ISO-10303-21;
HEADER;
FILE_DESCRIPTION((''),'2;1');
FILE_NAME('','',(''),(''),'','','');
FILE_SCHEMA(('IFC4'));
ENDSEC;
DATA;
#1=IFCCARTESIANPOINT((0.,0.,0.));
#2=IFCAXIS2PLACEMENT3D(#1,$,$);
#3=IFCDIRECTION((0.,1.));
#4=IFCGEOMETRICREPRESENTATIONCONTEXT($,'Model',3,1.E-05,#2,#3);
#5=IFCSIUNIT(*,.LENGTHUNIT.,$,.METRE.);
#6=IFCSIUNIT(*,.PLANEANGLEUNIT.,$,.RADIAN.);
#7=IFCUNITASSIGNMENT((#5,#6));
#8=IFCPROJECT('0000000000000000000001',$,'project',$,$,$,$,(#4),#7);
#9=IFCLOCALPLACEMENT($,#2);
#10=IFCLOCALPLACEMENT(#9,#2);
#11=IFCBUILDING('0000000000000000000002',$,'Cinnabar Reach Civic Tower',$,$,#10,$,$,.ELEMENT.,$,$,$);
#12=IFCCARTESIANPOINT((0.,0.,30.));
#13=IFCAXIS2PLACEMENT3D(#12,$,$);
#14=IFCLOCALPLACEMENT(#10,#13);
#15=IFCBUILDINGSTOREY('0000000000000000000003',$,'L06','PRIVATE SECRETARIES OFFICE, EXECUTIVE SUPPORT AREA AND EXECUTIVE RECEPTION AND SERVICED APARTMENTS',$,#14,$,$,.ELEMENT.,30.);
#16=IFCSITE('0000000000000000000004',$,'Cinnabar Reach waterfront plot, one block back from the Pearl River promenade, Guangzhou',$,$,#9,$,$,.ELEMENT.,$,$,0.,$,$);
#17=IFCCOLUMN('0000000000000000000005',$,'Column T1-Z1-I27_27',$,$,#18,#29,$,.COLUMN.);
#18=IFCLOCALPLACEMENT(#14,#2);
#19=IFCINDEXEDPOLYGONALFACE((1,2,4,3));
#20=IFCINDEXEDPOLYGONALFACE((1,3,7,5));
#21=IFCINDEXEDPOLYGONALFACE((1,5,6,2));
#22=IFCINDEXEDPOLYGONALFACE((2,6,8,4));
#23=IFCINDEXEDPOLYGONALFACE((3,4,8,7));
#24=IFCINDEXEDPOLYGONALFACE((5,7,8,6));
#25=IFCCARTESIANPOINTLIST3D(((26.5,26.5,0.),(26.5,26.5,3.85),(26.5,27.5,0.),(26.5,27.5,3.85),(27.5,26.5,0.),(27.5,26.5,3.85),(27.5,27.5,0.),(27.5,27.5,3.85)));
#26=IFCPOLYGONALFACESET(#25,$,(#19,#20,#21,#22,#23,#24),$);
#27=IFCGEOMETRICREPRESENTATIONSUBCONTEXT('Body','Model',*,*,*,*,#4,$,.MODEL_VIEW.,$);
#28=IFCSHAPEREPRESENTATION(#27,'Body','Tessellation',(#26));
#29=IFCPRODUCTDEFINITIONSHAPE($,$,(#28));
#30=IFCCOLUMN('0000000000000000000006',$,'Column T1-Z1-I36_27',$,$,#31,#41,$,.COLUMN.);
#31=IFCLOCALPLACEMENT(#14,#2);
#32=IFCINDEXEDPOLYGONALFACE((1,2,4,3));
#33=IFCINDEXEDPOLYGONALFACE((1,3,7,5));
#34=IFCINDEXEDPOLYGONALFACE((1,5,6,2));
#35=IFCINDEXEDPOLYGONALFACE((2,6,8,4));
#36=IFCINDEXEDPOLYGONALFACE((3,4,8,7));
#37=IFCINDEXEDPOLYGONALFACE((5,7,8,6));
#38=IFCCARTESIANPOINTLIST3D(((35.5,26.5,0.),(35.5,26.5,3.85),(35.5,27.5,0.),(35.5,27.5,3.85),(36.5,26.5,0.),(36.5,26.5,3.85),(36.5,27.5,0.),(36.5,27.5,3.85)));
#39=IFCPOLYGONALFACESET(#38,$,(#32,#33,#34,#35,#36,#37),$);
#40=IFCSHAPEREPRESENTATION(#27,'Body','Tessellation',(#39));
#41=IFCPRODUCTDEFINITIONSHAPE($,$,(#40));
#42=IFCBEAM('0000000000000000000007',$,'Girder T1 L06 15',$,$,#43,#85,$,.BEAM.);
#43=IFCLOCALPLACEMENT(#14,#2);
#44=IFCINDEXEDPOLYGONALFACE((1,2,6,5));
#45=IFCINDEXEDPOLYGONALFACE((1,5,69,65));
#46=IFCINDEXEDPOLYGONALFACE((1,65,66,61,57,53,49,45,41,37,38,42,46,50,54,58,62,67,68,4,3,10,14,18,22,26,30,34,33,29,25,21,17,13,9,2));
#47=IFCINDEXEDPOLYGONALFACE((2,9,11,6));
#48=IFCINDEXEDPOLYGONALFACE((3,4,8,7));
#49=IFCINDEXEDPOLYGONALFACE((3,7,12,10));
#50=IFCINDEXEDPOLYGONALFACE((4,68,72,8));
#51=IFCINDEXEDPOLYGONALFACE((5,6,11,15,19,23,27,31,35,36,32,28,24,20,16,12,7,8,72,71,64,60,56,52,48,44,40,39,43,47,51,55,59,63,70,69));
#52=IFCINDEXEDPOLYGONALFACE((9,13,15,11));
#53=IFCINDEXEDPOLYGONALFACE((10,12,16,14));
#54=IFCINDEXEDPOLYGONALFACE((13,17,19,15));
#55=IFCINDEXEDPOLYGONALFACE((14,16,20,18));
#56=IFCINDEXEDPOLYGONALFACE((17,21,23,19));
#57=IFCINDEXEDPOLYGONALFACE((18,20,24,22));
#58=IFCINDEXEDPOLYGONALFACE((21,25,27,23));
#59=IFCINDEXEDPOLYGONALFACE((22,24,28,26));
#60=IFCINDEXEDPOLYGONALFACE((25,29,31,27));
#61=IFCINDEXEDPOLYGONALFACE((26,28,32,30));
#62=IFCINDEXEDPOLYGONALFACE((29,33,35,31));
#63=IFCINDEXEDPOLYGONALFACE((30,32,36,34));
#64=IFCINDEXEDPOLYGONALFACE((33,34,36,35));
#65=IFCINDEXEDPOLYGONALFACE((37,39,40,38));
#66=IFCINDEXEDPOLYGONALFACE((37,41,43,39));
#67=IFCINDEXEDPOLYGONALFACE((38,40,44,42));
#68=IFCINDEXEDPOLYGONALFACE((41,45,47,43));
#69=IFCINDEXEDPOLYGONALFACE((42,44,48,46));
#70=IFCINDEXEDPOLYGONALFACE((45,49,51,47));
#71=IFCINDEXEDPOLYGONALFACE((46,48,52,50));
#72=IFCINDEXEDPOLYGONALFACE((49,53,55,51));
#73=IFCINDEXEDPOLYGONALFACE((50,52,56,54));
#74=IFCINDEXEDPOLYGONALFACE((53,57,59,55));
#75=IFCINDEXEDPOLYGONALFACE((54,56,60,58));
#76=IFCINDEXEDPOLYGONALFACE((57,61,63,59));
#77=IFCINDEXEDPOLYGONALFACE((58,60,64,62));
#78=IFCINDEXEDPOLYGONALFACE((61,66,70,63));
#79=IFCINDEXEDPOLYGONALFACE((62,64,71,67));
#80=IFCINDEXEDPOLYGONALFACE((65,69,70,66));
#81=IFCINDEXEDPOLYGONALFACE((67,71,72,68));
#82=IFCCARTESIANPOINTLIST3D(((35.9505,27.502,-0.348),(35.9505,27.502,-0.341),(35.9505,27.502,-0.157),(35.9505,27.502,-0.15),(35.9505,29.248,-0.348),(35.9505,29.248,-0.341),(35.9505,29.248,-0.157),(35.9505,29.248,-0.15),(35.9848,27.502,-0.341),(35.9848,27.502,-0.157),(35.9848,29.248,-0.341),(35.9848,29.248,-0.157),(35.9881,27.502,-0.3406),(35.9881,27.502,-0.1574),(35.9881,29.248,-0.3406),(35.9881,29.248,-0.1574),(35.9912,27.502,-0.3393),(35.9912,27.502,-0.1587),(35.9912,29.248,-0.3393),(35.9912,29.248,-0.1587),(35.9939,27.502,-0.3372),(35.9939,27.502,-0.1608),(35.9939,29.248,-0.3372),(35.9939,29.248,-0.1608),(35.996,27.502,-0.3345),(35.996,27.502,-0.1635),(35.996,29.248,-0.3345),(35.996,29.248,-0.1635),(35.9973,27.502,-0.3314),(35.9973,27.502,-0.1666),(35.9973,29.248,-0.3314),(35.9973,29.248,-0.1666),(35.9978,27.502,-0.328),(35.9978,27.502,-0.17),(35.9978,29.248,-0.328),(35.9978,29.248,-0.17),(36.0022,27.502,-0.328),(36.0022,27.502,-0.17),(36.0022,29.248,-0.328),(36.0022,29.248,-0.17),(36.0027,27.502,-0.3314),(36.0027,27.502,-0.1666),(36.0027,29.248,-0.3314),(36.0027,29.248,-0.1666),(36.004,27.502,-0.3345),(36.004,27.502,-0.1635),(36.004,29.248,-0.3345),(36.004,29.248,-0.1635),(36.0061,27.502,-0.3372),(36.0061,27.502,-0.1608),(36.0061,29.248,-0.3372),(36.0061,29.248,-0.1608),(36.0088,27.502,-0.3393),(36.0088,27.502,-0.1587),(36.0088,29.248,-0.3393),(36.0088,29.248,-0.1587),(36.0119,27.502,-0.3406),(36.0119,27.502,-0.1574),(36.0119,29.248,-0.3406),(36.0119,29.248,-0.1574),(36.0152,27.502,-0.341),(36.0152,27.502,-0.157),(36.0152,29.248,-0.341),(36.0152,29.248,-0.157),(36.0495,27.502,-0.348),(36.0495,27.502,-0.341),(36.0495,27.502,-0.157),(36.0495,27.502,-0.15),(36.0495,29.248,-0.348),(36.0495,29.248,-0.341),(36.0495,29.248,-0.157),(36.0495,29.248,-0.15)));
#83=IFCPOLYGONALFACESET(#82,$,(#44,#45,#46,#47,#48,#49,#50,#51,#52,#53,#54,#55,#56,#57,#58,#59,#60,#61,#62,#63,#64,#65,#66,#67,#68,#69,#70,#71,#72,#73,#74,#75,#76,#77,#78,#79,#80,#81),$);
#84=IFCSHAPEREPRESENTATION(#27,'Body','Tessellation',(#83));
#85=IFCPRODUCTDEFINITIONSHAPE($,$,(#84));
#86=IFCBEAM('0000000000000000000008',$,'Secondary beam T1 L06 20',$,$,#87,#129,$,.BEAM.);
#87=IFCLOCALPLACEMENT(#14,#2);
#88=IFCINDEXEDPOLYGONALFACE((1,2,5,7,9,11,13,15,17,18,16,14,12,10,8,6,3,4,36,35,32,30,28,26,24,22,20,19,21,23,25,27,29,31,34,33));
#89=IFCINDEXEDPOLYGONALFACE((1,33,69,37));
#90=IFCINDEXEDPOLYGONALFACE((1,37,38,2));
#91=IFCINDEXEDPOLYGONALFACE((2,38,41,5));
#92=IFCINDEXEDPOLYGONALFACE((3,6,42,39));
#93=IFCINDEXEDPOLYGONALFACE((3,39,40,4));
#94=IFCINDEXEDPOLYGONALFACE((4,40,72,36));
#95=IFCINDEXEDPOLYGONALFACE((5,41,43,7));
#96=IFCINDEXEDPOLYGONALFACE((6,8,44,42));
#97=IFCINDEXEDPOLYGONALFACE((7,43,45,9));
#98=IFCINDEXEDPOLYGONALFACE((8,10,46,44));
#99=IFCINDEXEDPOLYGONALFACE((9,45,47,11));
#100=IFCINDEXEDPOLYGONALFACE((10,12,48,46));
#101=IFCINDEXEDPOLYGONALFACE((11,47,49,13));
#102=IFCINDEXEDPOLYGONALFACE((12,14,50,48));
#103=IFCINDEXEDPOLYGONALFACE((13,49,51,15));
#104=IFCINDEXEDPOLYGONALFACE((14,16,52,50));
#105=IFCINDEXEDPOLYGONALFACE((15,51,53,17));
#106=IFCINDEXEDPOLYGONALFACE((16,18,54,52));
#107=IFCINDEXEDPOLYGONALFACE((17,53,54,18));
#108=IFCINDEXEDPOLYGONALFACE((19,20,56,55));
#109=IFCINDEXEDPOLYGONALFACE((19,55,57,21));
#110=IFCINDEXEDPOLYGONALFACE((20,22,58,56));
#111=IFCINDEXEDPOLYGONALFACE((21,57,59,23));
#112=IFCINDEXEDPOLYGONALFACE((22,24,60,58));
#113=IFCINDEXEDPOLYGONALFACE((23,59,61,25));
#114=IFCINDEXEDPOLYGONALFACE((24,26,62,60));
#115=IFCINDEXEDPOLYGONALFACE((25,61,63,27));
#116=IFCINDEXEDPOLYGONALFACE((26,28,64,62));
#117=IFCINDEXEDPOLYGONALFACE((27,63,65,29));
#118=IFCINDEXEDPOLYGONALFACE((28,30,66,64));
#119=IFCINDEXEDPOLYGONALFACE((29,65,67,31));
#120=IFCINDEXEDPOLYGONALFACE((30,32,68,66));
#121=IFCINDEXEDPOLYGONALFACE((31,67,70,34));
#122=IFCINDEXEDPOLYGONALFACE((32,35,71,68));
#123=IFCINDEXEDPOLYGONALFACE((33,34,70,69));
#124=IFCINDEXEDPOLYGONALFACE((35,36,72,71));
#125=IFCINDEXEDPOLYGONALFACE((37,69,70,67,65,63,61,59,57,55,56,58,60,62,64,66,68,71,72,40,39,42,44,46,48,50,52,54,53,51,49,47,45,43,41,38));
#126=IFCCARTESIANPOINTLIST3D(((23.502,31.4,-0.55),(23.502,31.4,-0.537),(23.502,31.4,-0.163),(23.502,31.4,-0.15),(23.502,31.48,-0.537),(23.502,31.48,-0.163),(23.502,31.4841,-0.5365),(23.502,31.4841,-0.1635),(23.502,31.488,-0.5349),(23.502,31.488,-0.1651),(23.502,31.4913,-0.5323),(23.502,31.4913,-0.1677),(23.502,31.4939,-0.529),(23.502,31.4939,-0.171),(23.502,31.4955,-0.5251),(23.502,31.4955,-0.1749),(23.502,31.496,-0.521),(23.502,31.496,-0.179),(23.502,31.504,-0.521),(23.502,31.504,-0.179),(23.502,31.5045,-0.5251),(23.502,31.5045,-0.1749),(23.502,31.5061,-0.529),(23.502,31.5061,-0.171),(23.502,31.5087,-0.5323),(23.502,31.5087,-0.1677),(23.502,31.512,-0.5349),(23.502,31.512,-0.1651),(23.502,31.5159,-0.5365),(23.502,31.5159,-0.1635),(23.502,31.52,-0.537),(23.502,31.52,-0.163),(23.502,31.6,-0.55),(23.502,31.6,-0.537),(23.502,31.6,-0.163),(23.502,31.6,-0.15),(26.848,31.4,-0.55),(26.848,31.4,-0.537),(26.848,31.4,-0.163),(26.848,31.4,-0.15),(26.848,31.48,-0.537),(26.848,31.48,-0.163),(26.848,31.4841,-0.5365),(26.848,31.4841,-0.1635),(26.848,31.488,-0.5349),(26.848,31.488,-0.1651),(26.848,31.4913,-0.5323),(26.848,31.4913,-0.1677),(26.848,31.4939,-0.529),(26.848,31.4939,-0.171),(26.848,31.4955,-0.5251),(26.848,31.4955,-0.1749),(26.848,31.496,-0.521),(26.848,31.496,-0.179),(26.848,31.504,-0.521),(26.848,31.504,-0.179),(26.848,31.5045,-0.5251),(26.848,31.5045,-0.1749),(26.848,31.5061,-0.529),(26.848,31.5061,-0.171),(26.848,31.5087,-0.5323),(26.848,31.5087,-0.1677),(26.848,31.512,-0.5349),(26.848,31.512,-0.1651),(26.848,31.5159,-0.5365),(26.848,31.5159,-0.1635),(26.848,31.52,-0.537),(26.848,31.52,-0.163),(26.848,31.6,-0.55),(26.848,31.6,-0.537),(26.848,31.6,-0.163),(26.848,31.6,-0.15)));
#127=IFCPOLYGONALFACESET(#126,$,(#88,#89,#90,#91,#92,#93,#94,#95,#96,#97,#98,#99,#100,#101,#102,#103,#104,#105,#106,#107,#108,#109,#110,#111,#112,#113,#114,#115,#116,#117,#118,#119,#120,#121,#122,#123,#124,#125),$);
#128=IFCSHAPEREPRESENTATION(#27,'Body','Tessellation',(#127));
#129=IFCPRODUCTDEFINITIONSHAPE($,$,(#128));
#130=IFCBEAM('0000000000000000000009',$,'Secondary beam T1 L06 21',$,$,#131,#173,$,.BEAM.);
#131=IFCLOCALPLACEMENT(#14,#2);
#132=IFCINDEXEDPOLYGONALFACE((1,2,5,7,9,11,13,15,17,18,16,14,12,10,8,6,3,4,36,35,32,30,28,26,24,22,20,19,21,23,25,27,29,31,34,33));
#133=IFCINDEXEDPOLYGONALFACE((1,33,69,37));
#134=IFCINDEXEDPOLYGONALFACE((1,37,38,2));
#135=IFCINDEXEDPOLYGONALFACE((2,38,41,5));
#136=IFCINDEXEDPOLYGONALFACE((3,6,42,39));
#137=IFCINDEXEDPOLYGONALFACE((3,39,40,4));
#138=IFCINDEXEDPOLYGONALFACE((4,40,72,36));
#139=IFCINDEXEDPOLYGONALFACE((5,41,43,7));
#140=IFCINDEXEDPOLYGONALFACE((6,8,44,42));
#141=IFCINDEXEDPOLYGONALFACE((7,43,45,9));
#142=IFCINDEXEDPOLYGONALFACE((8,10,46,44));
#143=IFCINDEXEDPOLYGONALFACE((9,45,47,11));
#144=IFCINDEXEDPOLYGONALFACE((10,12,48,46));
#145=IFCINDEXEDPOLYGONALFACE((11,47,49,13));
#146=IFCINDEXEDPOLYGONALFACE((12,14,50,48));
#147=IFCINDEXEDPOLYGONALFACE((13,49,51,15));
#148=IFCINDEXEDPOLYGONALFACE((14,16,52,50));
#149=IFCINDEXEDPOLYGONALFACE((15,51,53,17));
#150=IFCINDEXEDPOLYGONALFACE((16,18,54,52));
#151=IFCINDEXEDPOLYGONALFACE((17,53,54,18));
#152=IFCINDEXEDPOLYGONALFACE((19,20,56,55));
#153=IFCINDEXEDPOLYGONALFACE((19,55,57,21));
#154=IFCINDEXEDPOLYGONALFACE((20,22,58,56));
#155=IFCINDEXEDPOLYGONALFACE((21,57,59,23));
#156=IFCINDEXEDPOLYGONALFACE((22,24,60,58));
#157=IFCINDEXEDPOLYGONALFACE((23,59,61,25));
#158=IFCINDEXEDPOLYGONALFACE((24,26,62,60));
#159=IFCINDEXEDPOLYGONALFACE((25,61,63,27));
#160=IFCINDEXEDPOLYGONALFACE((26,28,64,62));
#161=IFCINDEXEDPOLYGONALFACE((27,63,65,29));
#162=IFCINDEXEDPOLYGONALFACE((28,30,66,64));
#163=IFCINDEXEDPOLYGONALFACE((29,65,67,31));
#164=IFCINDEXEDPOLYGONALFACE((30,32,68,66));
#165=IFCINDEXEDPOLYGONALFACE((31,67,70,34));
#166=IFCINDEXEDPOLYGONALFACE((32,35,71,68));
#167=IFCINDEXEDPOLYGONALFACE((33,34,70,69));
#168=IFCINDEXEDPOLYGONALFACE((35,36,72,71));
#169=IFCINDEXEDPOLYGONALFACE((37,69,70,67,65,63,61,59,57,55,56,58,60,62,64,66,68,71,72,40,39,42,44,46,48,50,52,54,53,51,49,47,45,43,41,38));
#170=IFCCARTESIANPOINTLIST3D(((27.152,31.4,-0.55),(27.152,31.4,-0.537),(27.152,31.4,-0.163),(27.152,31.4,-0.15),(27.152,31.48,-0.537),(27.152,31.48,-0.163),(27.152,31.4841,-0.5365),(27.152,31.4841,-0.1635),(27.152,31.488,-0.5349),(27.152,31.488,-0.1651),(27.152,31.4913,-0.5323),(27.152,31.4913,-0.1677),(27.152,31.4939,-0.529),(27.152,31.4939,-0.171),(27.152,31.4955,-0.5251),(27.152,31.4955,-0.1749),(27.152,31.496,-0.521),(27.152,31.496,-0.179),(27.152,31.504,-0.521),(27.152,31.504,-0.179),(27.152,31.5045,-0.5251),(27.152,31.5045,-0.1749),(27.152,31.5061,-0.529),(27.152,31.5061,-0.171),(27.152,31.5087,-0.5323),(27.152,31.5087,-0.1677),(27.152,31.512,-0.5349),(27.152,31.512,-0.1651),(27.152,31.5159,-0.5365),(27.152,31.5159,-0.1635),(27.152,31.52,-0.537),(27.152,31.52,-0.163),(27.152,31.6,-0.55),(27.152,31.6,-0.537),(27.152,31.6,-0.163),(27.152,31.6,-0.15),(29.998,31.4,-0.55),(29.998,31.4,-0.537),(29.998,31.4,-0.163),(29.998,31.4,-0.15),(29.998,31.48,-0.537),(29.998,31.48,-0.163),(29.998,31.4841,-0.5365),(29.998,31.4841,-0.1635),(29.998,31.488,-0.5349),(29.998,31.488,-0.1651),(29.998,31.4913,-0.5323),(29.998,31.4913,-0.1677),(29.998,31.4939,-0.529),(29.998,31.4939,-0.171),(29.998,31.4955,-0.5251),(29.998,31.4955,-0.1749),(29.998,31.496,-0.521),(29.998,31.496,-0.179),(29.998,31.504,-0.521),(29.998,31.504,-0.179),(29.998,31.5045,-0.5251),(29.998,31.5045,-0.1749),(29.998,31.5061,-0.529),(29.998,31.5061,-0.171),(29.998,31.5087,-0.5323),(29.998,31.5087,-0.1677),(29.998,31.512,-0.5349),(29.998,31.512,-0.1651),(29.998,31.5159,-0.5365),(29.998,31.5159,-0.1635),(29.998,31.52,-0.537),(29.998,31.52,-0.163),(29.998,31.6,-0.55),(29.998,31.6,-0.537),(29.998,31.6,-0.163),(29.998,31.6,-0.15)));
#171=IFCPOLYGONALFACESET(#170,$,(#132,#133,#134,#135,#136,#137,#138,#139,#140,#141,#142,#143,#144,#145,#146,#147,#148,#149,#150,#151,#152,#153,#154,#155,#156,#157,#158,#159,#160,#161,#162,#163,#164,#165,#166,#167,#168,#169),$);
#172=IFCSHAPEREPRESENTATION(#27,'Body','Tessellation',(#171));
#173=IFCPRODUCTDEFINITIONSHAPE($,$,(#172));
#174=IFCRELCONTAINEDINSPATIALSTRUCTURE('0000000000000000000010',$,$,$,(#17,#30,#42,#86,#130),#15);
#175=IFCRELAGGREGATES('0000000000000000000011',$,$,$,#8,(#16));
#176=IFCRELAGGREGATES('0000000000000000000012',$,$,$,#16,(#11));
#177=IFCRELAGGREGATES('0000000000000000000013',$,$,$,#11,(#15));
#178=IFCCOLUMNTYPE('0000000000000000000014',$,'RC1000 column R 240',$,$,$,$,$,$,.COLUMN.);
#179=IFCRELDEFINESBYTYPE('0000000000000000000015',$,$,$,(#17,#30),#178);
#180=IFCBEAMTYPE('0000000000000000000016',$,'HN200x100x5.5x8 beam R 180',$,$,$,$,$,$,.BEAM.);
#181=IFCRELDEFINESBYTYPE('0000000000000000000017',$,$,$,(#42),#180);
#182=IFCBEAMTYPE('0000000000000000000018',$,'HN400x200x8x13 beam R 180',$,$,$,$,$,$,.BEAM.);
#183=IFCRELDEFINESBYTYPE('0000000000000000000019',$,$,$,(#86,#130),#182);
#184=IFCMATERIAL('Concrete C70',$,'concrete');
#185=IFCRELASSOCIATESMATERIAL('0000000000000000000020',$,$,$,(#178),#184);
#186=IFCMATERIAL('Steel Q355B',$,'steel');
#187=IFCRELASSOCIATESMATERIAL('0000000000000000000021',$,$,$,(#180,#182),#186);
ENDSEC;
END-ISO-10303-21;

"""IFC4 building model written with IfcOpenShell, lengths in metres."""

from ifc_helpers import new_model, si_unit, direction, frame, origin, origin_2d, place, context, subcontext, project, spatial, rectangle, i_section, extrude, material, material_profile, profile_set, type_object, element, save


model = new_model("IFC4")

# Units and contexts
model_context = context("Model", 3, precision=1e-05, world=origin(), true_north=direction((0.0, 1.0)))
body_context = subcontext(model_context, "Body", "Model", "MODEL_VIEW")
ifc_project = project(units=[si_unit("LENGTHUNIT", "METRE"), si_unit("PLANEANGLEUNIT", "RADIAN")], contexts=[model_context])

# Site, building, storey
site_placement = place(None, origin())
site = spatial("IfcSite", under=ifc_project, at=site_placement, Name="Cinnabar Reach waterfront plot, one block back from the Pearl River promenade, Guangzhou", CompositionType="ELEMENT", RefElevation=0.0)
building_placement = place(site_placement, origin())
building = spatial("IfcBuilding", under=site, at=building_placement, Name="Cinnabar Reach Civic Tower", CompositionType="ELEMENT")
storey_placement = place(building_placement, frame((0.0, 0.0, 30.0)))
storey = spatial("IfcBuildingStorey", under=building, at=storey_placement, Name="L06", Description="PRIVATE SECRETARIES OFFICE, EXECUTIVE SUPPORT AREA AND EXECUTIVE RECEPTION AND SERVICED APARTMENTS", CompositionType="ELEMENT", Elevation=30.0)

# Columns
ifc_material_1 = material(Name="Concrete C70", Category="concrete")
ifc_material_profile_1 = material_profile(ifc_material_1, rectangle(XDim=1.0, YDim=1.0, at=origin_2d()), Name="RC1000")
ifc_profile_set_1 = profile_set([ifc_material_profile_1], Name="Concrete C70")
column_type = type_object("IfcColumnType", Name="RC1000 column R 240", PredefinedType="COLUMN", material=ifc_profile_set_1)
for number, where, z_axis, x_axis, name in (
    (1, (27.0, 27.0, 0.0), (0.0, 0.0, 1.0), (1.0, 0.0, 0.0), "Column T1-Z1-I27_27"),
    (2, (36.0, 27.0, 0.0), (0.0, 0.0, 1.0), (1.0, 0.0, 0.0), "Column T1-Z1-I36_27"),
):
    element("IfcColumn", number, at=place(storey_placement, frame(where, z_axis=z_axis, x_axis=x_axis)), inside=storey, type_object=column_type, Name=name, PredefinedType="COLUMN", context=body_context, shape_type="SweptSolid", body=[
        extrude(rectangle(XDim=1.0, YDim=1.0, at=origin_2d()), origin(), (0.0, 0.0, 1.0), 3.85),
    ])

# Beams
ifc_material_2 = material(Name="Steel Q355B", Category="steel")
ifc_material_profile_2 = material_profile(ifc_material_2, i_section(OverallWidth=0.099, OverallDepth=0.198, WebThickness=0.0045, FlangeThickness=0.007, FilletRadius=0.013, at=origin_2d()), Name="HN200x100x5.5x8")
ifc_profile_set_2 = profile_set([ifc_material_profile_2], Name="Steel Q355B")
beam_type_1 = type_object("IfcBeamType", Name="HN200x100x5.5x8 beam R 180", PredefinedType="BEAM", material=ifc_profile_set_2)
beam_1_placement = place(storey_placement, frame((36.0, 27.502, -0.249), z_axis=(0.0, 1.0, 0.0), x_axis=(-1.0, 0.0, 0.0)))
element("IfcBeam", 3, at=beam_1_placement, inside=storey, type_object=beam_type_1, Name="Girder T1 L06 15", PredefinedType="BEAM", context=body_context, shape_type="SweptSolid", body=[
    extrude(i_section(OverallWidth=0.099, OverallDepth=0.198, WebThickness=0.0045, FlangeThickness=0.007, FilletRadius=0.013, at=origin_2d()), origin(), (0.0, 0.0, 1.0), 1.746),
])
ifc_material_profile_3 = material_profile(ifc_material_2, i_section(OverallWidth=0.2, OverallDepth=0.4, WebThickness=0.008, FlangeThickness=0.013, FilletRadius=0.016, at=origin_2d()), Name="HN400x200x8x13")
ifc_profile_set_3 = profile_set([ifc_material_profile_3], Name="Steel Q355B")
beam_type_2 = type_object("IfcBeamType", Name="HN400x200x8x13 beam R 180", PredefinedType="BEAM", material=ifc_profile_set_3)
beam_2_placement = place(storey_placement, frame((23.502, 31.5, -0.35), z_axis=(1.0, 0.0, 0.0), x_axis=(0.0, 1.0, 0.0)))
element("IfcBeam", 4, at=beam_2_placement, inside=storey, type_object=beam_type_2, Name="Secondary beam T1 L06 20", PredefinedType="BEAM", context=body_context, shape_type="SweptSolid", body=[
    extrude(i_section(OverallWidth=0.2, OverallDepth=0.4, WebThickness=0.008, FlangeThickness=0.013, FilletRadius=0.016, at=origin_2d()), origin(), (0.0, 0.0, 1.0), 3.346),
])
beam_3_placement = place(storey_placement, frame((27.152, 31.5, -0.35), z_axis=(1.0, 0.0, 0.0), x_axis=(0.0, 1.0, 0.0)))
element("IfcBeam", 5, at=beam_3_placement, inside=storey, type_object=beam_type_2, Name="Secondary beam T1 L06 21", PredefinedType="BEAM", context=body_context, shape_type="SweptSolid", body=[
    extrude(i_section(OverallWidth=0.2, OverallDepth=0.4, WebThickness=0.008, FlangeThickness=0.013, FilletRadius=0.016, at=origin_2d()), origin(), (0.0, 0.0, 1.0), 2.846),
])

save(model, "model.ifc")
